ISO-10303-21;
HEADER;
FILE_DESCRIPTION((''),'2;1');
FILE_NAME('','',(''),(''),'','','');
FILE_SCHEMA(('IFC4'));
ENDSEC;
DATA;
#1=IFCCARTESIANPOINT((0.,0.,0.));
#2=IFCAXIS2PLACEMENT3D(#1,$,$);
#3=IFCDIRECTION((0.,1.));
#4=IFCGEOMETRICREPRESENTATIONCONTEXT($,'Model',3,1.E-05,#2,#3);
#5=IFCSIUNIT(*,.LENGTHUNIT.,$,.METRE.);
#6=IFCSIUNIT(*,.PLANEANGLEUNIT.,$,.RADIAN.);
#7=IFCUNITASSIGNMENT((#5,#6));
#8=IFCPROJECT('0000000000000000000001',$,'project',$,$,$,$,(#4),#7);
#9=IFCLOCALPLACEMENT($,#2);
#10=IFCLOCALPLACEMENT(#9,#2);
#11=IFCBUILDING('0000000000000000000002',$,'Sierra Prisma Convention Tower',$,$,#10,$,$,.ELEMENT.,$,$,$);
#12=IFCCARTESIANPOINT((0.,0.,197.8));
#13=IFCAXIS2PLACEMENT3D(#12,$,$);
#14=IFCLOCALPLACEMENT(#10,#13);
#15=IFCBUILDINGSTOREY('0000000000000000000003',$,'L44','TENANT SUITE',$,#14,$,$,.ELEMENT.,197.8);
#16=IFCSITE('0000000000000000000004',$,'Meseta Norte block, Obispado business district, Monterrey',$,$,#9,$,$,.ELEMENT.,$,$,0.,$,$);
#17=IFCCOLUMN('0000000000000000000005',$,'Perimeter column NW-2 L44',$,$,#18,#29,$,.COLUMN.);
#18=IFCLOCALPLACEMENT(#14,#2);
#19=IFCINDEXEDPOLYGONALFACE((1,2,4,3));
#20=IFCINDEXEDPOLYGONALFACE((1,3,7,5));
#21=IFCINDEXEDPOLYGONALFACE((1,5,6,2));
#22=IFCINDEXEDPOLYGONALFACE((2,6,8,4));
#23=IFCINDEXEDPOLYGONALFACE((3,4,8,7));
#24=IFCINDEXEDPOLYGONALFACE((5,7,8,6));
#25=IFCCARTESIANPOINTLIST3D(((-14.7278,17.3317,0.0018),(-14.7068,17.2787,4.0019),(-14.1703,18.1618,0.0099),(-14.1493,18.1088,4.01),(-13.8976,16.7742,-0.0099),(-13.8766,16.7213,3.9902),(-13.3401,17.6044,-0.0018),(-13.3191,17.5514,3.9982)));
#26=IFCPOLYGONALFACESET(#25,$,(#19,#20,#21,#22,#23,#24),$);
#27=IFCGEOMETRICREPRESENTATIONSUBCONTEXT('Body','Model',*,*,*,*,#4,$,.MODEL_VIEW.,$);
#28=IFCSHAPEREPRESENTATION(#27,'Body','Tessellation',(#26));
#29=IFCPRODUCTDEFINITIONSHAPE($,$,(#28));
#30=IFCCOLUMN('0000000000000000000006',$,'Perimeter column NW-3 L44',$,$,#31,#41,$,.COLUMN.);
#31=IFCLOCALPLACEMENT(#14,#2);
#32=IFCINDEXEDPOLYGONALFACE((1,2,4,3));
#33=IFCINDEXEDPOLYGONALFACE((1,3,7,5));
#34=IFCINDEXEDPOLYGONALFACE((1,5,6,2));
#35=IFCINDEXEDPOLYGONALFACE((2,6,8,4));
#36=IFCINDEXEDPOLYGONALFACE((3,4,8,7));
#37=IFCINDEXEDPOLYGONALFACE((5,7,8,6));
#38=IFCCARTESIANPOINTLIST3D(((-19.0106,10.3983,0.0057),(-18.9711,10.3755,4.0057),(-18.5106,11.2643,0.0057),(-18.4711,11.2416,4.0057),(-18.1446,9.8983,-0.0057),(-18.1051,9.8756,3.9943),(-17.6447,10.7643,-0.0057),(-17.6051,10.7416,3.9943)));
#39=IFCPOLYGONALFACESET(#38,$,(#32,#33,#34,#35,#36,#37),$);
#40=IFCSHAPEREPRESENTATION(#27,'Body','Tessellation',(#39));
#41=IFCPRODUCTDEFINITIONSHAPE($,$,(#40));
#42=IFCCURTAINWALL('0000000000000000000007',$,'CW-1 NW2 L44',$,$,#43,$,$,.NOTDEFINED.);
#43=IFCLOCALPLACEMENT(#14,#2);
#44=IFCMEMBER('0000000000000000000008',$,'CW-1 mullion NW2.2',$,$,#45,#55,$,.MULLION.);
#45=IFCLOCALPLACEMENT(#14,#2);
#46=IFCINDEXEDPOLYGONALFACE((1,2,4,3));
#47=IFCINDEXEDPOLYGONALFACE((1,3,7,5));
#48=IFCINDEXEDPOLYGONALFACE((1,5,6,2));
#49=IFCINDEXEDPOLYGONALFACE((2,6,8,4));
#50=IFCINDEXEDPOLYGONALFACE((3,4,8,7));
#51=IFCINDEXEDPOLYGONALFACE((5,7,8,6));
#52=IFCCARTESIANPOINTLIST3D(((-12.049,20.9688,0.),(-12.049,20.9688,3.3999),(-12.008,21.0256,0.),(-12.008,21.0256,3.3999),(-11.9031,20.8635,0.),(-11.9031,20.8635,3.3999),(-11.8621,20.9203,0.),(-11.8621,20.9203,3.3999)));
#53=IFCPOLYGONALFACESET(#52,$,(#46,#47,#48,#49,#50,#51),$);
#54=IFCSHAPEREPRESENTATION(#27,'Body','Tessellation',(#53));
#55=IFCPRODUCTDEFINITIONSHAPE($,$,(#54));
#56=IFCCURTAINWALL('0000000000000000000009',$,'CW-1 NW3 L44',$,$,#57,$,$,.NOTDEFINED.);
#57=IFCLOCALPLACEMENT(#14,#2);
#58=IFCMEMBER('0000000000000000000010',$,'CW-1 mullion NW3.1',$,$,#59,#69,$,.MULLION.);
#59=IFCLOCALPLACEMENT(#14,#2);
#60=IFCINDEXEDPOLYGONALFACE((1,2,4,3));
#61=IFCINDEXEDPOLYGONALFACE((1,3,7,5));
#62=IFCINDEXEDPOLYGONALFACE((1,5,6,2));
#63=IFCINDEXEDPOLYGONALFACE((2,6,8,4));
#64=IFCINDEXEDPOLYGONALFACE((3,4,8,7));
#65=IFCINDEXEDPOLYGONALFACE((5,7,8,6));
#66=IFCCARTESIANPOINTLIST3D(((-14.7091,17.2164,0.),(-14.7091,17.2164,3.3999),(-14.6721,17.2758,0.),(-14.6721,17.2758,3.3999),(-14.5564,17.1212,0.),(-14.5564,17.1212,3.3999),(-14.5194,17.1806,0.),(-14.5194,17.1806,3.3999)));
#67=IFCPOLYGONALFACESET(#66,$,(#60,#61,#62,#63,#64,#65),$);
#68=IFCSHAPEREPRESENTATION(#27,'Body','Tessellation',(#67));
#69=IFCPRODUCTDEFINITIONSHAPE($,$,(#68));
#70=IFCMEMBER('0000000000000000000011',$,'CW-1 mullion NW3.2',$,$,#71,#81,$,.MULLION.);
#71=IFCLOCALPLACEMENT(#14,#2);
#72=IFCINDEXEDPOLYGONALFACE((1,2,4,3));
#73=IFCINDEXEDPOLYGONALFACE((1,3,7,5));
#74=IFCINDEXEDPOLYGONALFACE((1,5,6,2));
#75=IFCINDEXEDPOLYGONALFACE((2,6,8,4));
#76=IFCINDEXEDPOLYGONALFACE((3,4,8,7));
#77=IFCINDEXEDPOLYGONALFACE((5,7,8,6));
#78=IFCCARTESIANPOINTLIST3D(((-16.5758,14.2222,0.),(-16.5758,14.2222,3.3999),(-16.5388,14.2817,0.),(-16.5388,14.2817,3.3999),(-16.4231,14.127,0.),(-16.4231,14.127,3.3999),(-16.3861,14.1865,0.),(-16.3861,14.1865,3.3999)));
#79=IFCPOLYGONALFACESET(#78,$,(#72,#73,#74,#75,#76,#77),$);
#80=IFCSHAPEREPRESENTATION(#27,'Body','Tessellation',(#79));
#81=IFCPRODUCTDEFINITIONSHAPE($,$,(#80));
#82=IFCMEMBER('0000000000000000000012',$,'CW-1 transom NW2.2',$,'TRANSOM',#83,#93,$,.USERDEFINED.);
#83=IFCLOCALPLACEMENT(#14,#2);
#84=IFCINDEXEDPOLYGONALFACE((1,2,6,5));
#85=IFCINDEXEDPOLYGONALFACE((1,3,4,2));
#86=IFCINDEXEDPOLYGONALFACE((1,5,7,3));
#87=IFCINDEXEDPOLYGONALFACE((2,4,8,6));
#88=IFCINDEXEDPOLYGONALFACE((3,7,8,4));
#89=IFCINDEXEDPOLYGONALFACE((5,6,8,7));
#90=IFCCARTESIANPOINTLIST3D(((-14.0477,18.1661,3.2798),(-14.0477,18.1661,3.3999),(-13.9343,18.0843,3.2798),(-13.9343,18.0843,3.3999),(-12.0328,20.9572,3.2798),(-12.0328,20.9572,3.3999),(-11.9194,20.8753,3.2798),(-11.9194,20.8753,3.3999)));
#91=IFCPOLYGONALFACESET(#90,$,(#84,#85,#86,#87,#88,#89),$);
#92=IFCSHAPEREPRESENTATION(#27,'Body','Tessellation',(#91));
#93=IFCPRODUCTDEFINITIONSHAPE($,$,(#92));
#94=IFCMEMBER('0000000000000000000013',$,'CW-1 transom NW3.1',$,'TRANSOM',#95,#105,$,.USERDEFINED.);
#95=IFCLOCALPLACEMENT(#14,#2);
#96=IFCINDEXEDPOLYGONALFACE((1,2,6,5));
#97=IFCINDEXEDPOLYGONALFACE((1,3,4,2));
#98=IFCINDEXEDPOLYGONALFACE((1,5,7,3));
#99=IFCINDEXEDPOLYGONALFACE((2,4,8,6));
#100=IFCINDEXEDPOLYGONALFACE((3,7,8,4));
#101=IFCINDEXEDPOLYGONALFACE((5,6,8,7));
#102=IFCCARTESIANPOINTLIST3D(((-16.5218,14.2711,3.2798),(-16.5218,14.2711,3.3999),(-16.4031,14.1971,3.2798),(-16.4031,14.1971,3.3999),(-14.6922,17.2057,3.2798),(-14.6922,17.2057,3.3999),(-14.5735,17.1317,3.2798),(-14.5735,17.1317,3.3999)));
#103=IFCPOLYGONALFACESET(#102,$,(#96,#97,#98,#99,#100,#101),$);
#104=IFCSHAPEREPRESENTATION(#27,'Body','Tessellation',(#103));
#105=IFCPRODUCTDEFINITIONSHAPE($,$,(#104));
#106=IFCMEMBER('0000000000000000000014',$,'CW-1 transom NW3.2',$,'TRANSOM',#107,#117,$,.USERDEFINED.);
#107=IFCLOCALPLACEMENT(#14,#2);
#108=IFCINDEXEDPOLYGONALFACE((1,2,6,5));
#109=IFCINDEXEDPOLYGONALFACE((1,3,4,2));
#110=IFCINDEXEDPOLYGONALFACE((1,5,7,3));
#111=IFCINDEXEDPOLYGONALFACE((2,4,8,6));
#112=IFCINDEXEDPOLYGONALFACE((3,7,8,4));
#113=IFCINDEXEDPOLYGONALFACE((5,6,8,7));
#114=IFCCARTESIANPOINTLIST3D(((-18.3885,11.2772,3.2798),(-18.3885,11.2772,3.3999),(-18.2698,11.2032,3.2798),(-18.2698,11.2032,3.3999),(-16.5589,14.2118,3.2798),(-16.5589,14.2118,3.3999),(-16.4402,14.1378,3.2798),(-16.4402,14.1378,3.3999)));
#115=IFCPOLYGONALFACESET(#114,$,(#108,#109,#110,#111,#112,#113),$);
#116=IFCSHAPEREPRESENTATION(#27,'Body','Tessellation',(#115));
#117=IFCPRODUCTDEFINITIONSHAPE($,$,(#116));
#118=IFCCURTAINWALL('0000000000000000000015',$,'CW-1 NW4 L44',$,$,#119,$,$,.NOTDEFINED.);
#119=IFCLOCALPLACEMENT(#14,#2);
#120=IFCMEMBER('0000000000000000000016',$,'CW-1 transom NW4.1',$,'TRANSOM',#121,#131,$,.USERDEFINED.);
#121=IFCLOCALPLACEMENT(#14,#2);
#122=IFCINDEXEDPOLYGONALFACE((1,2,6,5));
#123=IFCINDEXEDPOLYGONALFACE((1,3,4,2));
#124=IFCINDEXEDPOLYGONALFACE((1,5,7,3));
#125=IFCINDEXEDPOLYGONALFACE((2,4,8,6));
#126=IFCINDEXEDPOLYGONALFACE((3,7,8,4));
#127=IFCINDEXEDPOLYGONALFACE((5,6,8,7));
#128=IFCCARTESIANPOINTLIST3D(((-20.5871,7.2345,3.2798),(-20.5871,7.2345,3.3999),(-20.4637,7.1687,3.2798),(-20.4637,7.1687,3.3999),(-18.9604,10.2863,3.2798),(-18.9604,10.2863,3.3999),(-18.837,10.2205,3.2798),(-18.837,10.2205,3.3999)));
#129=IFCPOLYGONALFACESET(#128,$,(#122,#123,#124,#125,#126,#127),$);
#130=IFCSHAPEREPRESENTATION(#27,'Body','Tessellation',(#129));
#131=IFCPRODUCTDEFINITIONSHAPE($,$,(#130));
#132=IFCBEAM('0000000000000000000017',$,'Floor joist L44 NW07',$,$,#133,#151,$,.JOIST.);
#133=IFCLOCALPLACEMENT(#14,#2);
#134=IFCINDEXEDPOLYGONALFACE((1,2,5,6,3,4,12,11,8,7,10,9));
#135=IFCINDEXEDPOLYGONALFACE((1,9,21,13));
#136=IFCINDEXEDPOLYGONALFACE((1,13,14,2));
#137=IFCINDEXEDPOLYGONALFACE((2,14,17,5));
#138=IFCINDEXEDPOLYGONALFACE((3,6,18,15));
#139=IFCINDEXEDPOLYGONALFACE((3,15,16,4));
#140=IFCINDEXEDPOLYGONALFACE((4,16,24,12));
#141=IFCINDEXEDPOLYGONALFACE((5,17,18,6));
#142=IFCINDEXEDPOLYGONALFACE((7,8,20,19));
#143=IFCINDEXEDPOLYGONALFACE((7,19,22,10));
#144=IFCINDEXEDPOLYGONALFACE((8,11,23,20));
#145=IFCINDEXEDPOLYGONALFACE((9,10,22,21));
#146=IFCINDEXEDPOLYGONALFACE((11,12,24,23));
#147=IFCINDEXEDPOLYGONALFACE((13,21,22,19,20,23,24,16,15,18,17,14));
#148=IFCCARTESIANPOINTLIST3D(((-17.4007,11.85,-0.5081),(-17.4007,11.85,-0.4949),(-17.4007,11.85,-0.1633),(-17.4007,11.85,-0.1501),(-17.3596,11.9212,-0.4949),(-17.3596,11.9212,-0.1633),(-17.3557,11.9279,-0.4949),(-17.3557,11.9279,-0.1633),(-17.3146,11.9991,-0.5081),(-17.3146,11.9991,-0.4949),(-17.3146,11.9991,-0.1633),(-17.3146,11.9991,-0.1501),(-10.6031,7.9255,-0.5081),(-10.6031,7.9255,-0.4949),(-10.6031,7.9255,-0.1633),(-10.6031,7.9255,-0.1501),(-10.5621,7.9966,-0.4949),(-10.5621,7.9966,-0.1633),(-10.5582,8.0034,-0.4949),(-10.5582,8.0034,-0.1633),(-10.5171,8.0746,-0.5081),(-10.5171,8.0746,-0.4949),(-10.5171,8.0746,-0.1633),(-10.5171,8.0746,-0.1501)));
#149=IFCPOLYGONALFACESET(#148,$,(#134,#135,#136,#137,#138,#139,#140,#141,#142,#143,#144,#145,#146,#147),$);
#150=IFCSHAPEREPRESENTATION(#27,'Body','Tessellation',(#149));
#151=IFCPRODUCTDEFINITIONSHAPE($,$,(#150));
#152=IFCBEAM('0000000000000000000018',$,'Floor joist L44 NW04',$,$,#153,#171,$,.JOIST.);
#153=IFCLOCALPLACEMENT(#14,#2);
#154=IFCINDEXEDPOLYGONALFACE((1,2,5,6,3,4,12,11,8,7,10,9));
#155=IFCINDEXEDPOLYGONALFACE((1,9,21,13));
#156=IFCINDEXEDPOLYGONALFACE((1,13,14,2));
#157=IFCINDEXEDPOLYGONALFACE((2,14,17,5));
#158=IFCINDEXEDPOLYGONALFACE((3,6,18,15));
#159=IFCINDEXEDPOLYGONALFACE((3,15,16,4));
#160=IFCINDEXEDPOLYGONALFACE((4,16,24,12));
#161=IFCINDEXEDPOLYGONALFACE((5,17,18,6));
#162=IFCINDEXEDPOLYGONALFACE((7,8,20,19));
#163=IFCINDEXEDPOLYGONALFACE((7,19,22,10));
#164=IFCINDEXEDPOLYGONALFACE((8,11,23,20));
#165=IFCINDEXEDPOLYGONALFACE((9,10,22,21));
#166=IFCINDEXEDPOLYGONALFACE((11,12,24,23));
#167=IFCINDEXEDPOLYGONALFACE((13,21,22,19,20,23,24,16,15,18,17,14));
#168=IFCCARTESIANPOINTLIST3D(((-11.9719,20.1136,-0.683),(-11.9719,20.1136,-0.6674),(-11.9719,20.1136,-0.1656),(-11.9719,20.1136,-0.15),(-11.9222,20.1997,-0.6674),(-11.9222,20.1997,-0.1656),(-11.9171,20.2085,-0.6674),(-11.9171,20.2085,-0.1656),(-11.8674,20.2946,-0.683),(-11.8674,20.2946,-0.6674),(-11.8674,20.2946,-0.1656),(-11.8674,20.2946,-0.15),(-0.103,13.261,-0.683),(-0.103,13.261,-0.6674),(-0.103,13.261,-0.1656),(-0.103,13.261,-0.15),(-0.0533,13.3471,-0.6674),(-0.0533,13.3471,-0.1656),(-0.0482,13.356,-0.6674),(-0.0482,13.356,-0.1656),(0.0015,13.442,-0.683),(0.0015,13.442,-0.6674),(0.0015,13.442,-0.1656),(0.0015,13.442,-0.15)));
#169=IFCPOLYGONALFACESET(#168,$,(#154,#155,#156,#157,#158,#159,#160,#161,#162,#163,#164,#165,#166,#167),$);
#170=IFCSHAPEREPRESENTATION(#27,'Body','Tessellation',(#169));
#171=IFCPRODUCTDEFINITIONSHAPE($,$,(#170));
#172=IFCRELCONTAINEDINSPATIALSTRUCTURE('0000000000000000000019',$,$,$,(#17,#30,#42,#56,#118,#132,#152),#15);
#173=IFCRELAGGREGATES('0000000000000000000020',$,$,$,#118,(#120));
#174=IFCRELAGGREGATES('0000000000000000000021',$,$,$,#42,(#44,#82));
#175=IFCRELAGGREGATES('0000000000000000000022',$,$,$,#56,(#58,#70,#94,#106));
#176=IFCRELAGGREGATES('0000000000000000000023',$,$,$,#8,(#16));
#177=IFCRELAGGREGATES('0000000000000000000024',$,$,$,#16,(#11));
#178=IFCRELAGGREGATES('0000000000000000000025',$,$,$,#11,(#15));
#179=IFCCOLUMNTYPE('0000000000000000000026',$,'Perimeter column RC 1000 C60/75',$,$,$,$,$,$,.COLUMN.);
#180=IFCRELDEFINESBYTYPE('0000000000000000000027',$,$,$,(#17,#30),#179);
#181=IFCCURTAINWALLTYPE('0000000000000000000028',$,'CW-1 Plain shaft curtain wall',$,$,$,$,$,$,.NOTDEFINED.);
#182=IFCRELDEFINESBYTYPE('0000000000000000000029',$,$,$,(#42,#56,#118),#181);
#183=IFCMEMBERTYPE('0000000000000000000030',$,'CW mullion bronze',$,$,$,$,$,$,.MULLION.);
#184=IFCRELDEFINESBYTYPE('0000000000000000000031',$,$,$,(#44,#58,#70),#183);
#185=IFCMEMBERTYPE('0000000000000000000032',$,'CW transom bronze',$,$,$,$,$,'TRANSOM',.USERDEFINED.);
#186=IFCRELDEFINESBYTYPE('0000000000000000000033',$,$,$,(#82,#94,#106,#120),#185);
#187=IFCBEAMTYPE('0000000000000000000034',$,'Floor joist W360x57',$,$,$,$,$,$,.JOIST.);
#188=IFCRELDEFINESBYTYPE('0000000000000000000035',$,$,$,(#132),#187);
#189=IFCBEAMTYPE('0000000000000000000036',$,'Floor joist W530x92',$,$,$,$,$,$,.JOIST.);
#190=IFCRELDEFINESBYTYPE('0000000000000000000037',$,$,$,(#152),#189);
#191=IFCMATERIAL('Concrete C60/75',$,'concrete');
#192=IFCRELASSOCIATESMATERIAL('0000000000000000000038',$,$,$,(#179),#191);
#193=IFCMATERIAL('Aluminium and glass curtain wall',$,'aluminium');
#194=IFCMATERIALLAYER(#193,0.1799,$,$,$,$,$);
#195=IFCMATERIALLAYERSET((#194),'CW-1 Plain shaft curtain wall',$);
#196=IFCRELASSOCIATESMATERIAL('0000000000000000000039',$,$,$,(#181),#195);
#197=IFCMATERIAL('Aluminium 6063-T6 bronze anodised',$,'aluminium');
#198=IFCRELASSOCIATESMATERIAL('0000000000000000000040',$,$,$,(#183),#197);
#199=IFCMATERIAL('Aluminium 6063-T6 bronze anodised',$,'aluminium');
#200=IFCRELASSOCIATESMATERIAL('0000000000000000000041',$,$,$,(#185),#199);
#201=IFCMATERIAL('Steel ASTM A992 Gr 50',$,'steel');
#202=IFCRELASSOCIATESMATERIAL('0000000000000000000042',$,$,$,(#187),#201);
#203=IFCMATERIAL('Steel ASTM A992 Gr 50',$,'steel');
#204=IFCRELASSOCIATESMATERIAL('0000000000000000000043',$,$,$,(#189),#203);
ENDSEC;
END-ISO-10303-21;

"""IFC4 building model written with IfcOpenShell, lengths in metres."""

from ifc_helpers import new_model, si_unit, direction, frame, origin, origin_2d, place, context, subcontext, project, spatial, rectangle, i_section, extrude, material, layer, layer_set, material_profile, profile_set, type_object, element, aggregate, save


model = new_model("IFC4")

# Units and contexts
model_context = context("Model", 3, precision=1e-05, world=origin(), true_north=direction((0.0, 1.0)))
body_context = subcontext(model_context, "Body", "Model", "MODEL_VIEW")
ifc_project = project(units=[si_unit("LENGTHUNIT", "METRE"), si_unit("PLANEANGLEUNIT", "RADIAN")], contexts=[model_context])

# Site, building, storey
site_placement = place(None, origin())
site = spatial("IfcSite", under=ifc_project, at=site_placement, Name="Meseta Norte block, Obispado business district, Monterrey", CompositionType="ELEMENT", RefElevation=0.0)
building_placement = place(site_placement, origin())
building = spatial("IfcBuilding", under=site, at=building_placement, Name="Sierra Prisma Convention Tower", CompositionType="ELEMENT")
storey_placement = place(building_placement, frame((0.0, 0.0, 197.8)))
storey = spatial("IfcBuildingStorey", under=building, at=storey_placement, Name="L44", Description="TENANT SUITE", CompositionType="ELEMENT", Elevation=197.8)

# Columns
ifc_material_1 = material(Name="Concrete C60/75", Category="concrete")
ifc_material_profile_1 = material_profile(ifc_material_1, rectangle(XDim=1.0, YDim=1.0, at=origin_2d()), Name="Perimeter column RC 1000 C60/75")
ifc_profile_set_1 = profile_set([ifc_material_profile_1], Name="Concrete C60/75")
column_type = type_object("IfcColumnType", Name="Perimeter column RC 1000 C60/75", PredefinedType="COLUMN", material=ifc_profile_set_1)
column_1_placement = place(storey_placement, frame((-14.0339, 17.468, 0.0), z_axis=(0.005248, -0.013243, 0.999899), x_axis=(0.557514, 0.830128, 0.008068)))
element("IfcColumn", 1, at=column_1_placement, inside=storey, type_object=column_type, Name="Perimeter column NW-2 L44", PredefinedType="COLUMN", context=body_context, shape_type="SweptSolid", body=[
    extrude(rectangle(XDim=1.0, YDim=1.0, at=origin_2d()), origin(), (0.0, 0.0, 1.0), 4.0005),
])
column_2_placement = place(storey_placement, frame((-18.3276, 10.5813, 0.0), z_axis=(0.009887, -0.005676, 0.999935), x_axis=(0.499976, 0.86604, -0.000028)))
element("IfcColumn", 2, at=column_2_placement, inside=storey, type_object=column_type, Name="Perimeter column NW-3 L44", PredefinedType="COLUMN", context=body_context, shape_type="SweptSolid", body=[
    extrude(rectangle(XDim=1.0, YDim=1.0, at=origin_2d()), origin(), (0.0, 0.0, 1.0), 4.0002),
])

# Curtain wall, member
ifc_material_2 = material(Name="Aluminium and glass curtain wall", Category="aluminium")
ifc_layer_1 = layer(ifc_material_2, 0.1799)
ifc_layer_set_1 = layer_set([ifc_layer_1], Name="CW-1 Plain shaft curtain wall")
curtain_wall_type = type_object("IfcCurtainWallType", Name="CW-1 Plain shaft curtain wall", PredefinedType="NOTDEFINED", material=ifc_layer_set_1)
curtain_wall_1_placement = place(storey_placement, origin())
curtain_wall_1 = element("IfcCurtainWall", 3, at=curtain_wall_1_placement, inside=storey, type_object=curtain_wall_type, Name="CW-1 NW2 L44", PredefinedType="NOTDEFINED")
ifc_material_3 = material(Name="Aluminium 6063-T6 bronze anodised", Category="aluminium")
ifc_material_profile_2 = material_profile(ifc_material_3, rectangle(XDim=0.1799, YDim=0.0701, at=origin_2d()), Name="ALU MULLION 70x180")
ifc_profile_set_2 = profile_set([ifc_material_profile_2], Name="Aluminium 6063-T6 bronze anodised")
member_type_1 = type_object("IfcMemberType", Name="CW mullion bronze", PredefinedType="MULLION", material=ifc_profile_set_2)
member_1_placement = place(storey_placement, frame((-11.9556, 20.9446, 0.0), z_axis=(0.0, 0.0, 1.0), x_axis=(0.810789, -0.585338, 0.0)))
member_1 = element("IfcMember", 4, at=member_1_placement, type_object=member_type_1, Name="CW-1 mullion NW2.2", PredefinedType="MULLION", context=body_context, shape_type="SweptSolid", body=[
    extrude(rectangle(XDim=0.1799, YDim=0.0701, at=origin_2d()), origin(), (0.0, 0.0, 1.0), 3.3999),
])

# Curtain wall, members
curtain_wall_2_placement = place(storey_placement, origin())
curtain_wall_2 = element("IfcCurtainWall", 5, at=curtain_wall_2_placement, inside=storey, type_object=curtain_wall_type, Name="CW-1 NW3 L44", PredefinedType="NOTDEFINED")
member_2_placement = place(storey_placement, frame((-14.6143, 17.1985, 0.0), z_axis=(0.0, 0.0, 1.0), x_axis=(0.848581, -0.529065, 0.0)))
member_2 = element("IfcMember", 6, at=member_2_placement, type_object=member_type_1, Name="CW-1 mullion NW3.1", PredefinedType="MULLION", context=body_context, shape_type="SweptSolid", body=[
    extrude(rectangle(XDim=0.1799, YDim=0.0701, at=origin_2d()), origin(), (0.0, 0.0, 1.0), 3.3999),
])
member_3_placement = place(storey_placement, frame((-16.481, 14.2043, 0.0), z_axis=(0.0, 0.0, 1.0), x_axis=(0.848581, -0.529065, 0.0)))
member_3 = element("IfcMember", 7, at=member_3_placement, type_object=member_type_1, Name="CW-1 mullion NW3.2", PredefinedType="MULLION", context=body_context, shape_type="SweptSolid", body=[
    extrude(rectangle(XDim=0.1799, YDim=0.0701, at=origin_2d()), origin(), (0.0, 0.0, 1.0), 3.3999),
])

# Members
ifc_material_4 = material(Name="Aluminium 6063-T6 bronze anodised", Category="aluminium")
ifc_material_profile_3 = material_profile(ifc_material_4, rectangle(XDim=0.1399, YDim=0.1201, at=origin_2d()), Name="ALU TRANSOM 120x140")
ifc_profile_set_3 = profile_set([ifc_material_profile_3], Name="Aluminium 6063-T6 bronze anodised")
member_type_2 = type_object("IfcMemberType", Name="CW transom bronze", ElementType="TRANSOM", PredefinedType="USERDEFINED", material=ifc_profile_set_3)
member_4_placement = place(storey_placement, frame((-11.9761, 20.9163, 3.3398), z_axis=(-0.58533, -0.810795, 0.0), x_axis=(0.810795, -0.58533, 0.0)))
member_4 = element("IfcMember", 8, at=member_4_placement, type_object=member_type_2, Name="CW-1 transom NW2.2", ObjectType="TRANSOM", PredefinedType="USERDEFINED", context=body_context, shape_type="SweptSolid", body=[
    extrude(rectangle(XDim=0.1399, YDim=0.1201, at=origin_2d()), origin(), (0.0, 0.0, 1.0), 3.4424),
])
member_5_placement = place(storey_placement, frame((-14.6328, 17.1687, 3.3398), z_axis=(-0.529059, -0.848585, 0.0), x_axis=(0.848585, -0.529059, 0.0)))
member_5 = element("IfcMember", 9, at=member_5_placement, type_object=member_type_2, Name="CW-1 transom NW3.1", ObjectType="TRANSOM", PredefinedType="USERDEFINED", context=body_context, shape_type="SweptSolid", body=[
    extrude(rectangle(XDim=0.1399, YDim=0.1201, at=origin_2d()), origin(), (0.0, 0.0, 1.0), 3.4583),
])
member_6_placement = place(storey_placement, frame((-16.4995, 14.1748, 3.3398), z_axis=(-0.529059, -0.848585, 0.0), x_axis=(0.848585, -0.529059, 0.0)))
member_6 = element("IfcMember", 10, at=member_6_placement, type_object=member_type_2, Name="CW-1 transom NW3.2", ObjectType="TRANSOM", PredefinedType="USERDEFINED", context=body_context, shape_type="SweptSolid", body=[
    extrude(rectangle(XDim=0.1399, YDim=0.1201, at=origin_2d()), origin(), (0.0, 0.0, 1.0), 3.4583),
])

# Curtain wall, member
curtain_wall_3_placement = place(storey_placement, origin())
curtain_wall_3 = element("IfcCurtainWall", 11, at=curtain_wall_3_placement, inside=storey, type_object=curtain_wall_type, Name="CW-1 NW4 L44", PredefinedType="NOTDEFINED")
member_7_placement = place(storey_placement, frame((-18.8987, 10.2534, 3.3398), z_axis=(-0.470387, -0.88246, 0.0), x_axis=(0.88246, -0.470387, 0.0)))
member_7 = element("IfcMember", 12, at=member_7_placement, type_object=member_type_2, Name="CW-1 transom NW4.1", ObjectType="TRANSOM", PredefinedType="USERDEFINED", context=body_context, shape_type="SweptSolid", body=[
    extrude(rectangle(XDim=0.1399, YDim=0.1201, at=origin_2d()), origin(), (0.0, 0.0, 1.0), 3.4583),
])
aggregate(curtain_wall_3, [member_7])

# Beams
ifc_material_5 = material(Name="Steel ASTM A992 Gr 50", Category="steel")
ifc_material_profile_4 = material_profile(ifc_material_5, i_section(OverallWidth=0.1721, OverallDepth=0.3579, WebThickness=0.0078, FlangeThickness=0.0132, at=origin_2d()), Name="W360x57")
ifc_profile_set_4 = profile_set([ifc_material_profile_4], Name="Steel ASTM A992 Gr 50")
beam_type_1 = type_object("IfcBeamType", Name="Floor joist W360x57", PredefinedType="JOIST", material=ifc_profile_set_4)
beam_1_placement = place(storey_placement, frame((-17.3577, 11.9246, -0.3291), z_axis=(0.866028, -0.499996, 0.0), x_axis=(0.499996, 0.866028, 0.0)))
element("IfcBeam", 13, at=beam_1_placement, inside=storey, type_object=beam_type_1, Name="Floor joist L44 NW07", PredefinedType="JOIST", context=body_context, shape_type="SweptSolid", body=[
    extrude(i_section(OverallWidth=0.1721, OverallDepth=0.3579, WebThickness=0.0078, FlangeThickness=0.0132, at=origin_2d()), origin(), (0.0, 0.0, 1.0), 7.8491),
])
ifc_material_6 = material(Name="Steel ASTM A992 Gr 50", Category="steel")
ifc_material_profile_5 = material_profile(ifc_material_6, i_section(OverallWidth=0.209, OverallDepth=0.533, WebThickness=0.0103, FlangeThickness=0.0156, at=origin_2d()), Name="W530x92")
ifc_profile_set_5 = profile_set([ifc_material_profile_5], Name="Steel ASTM A992 Gr 50")
beam_type_2 = type_object("IfcBeamType", Name="Floor joist W530x92", PredefinedType="JOIST", material=ifc_profile_set_5)
beam_2_placement = place(storey_placement, frame((-11.9197, 20.2041, -0.4165), z_axis=(0.866025, -0.500002, 0.0), x_axis=(0.500002, 0.866025, 0.0)))
element("IfcBeam", 14, at=beam_2_placement, inside=storey, type_object=beam_type_2, Name="Floor joist L44 NW04", PredefinedType="JOIST", context=body_context, shape_type="SweptSolid", body=[
    extrude(i_section(OverallWidth=0.209, OverallDepth=0.533, WebThickness=0.0103, FlangeThickness=0.0156, at=origin_2d()), origin(), (0.0, 0.0, 1.0), 13.7051),
])

aggregate(curtain_wall_1, [member_1, member_4])
aggregate(curtain_wall_2, [member_2, member_3, member_5, member_6])

save(model, "model.ifc")
